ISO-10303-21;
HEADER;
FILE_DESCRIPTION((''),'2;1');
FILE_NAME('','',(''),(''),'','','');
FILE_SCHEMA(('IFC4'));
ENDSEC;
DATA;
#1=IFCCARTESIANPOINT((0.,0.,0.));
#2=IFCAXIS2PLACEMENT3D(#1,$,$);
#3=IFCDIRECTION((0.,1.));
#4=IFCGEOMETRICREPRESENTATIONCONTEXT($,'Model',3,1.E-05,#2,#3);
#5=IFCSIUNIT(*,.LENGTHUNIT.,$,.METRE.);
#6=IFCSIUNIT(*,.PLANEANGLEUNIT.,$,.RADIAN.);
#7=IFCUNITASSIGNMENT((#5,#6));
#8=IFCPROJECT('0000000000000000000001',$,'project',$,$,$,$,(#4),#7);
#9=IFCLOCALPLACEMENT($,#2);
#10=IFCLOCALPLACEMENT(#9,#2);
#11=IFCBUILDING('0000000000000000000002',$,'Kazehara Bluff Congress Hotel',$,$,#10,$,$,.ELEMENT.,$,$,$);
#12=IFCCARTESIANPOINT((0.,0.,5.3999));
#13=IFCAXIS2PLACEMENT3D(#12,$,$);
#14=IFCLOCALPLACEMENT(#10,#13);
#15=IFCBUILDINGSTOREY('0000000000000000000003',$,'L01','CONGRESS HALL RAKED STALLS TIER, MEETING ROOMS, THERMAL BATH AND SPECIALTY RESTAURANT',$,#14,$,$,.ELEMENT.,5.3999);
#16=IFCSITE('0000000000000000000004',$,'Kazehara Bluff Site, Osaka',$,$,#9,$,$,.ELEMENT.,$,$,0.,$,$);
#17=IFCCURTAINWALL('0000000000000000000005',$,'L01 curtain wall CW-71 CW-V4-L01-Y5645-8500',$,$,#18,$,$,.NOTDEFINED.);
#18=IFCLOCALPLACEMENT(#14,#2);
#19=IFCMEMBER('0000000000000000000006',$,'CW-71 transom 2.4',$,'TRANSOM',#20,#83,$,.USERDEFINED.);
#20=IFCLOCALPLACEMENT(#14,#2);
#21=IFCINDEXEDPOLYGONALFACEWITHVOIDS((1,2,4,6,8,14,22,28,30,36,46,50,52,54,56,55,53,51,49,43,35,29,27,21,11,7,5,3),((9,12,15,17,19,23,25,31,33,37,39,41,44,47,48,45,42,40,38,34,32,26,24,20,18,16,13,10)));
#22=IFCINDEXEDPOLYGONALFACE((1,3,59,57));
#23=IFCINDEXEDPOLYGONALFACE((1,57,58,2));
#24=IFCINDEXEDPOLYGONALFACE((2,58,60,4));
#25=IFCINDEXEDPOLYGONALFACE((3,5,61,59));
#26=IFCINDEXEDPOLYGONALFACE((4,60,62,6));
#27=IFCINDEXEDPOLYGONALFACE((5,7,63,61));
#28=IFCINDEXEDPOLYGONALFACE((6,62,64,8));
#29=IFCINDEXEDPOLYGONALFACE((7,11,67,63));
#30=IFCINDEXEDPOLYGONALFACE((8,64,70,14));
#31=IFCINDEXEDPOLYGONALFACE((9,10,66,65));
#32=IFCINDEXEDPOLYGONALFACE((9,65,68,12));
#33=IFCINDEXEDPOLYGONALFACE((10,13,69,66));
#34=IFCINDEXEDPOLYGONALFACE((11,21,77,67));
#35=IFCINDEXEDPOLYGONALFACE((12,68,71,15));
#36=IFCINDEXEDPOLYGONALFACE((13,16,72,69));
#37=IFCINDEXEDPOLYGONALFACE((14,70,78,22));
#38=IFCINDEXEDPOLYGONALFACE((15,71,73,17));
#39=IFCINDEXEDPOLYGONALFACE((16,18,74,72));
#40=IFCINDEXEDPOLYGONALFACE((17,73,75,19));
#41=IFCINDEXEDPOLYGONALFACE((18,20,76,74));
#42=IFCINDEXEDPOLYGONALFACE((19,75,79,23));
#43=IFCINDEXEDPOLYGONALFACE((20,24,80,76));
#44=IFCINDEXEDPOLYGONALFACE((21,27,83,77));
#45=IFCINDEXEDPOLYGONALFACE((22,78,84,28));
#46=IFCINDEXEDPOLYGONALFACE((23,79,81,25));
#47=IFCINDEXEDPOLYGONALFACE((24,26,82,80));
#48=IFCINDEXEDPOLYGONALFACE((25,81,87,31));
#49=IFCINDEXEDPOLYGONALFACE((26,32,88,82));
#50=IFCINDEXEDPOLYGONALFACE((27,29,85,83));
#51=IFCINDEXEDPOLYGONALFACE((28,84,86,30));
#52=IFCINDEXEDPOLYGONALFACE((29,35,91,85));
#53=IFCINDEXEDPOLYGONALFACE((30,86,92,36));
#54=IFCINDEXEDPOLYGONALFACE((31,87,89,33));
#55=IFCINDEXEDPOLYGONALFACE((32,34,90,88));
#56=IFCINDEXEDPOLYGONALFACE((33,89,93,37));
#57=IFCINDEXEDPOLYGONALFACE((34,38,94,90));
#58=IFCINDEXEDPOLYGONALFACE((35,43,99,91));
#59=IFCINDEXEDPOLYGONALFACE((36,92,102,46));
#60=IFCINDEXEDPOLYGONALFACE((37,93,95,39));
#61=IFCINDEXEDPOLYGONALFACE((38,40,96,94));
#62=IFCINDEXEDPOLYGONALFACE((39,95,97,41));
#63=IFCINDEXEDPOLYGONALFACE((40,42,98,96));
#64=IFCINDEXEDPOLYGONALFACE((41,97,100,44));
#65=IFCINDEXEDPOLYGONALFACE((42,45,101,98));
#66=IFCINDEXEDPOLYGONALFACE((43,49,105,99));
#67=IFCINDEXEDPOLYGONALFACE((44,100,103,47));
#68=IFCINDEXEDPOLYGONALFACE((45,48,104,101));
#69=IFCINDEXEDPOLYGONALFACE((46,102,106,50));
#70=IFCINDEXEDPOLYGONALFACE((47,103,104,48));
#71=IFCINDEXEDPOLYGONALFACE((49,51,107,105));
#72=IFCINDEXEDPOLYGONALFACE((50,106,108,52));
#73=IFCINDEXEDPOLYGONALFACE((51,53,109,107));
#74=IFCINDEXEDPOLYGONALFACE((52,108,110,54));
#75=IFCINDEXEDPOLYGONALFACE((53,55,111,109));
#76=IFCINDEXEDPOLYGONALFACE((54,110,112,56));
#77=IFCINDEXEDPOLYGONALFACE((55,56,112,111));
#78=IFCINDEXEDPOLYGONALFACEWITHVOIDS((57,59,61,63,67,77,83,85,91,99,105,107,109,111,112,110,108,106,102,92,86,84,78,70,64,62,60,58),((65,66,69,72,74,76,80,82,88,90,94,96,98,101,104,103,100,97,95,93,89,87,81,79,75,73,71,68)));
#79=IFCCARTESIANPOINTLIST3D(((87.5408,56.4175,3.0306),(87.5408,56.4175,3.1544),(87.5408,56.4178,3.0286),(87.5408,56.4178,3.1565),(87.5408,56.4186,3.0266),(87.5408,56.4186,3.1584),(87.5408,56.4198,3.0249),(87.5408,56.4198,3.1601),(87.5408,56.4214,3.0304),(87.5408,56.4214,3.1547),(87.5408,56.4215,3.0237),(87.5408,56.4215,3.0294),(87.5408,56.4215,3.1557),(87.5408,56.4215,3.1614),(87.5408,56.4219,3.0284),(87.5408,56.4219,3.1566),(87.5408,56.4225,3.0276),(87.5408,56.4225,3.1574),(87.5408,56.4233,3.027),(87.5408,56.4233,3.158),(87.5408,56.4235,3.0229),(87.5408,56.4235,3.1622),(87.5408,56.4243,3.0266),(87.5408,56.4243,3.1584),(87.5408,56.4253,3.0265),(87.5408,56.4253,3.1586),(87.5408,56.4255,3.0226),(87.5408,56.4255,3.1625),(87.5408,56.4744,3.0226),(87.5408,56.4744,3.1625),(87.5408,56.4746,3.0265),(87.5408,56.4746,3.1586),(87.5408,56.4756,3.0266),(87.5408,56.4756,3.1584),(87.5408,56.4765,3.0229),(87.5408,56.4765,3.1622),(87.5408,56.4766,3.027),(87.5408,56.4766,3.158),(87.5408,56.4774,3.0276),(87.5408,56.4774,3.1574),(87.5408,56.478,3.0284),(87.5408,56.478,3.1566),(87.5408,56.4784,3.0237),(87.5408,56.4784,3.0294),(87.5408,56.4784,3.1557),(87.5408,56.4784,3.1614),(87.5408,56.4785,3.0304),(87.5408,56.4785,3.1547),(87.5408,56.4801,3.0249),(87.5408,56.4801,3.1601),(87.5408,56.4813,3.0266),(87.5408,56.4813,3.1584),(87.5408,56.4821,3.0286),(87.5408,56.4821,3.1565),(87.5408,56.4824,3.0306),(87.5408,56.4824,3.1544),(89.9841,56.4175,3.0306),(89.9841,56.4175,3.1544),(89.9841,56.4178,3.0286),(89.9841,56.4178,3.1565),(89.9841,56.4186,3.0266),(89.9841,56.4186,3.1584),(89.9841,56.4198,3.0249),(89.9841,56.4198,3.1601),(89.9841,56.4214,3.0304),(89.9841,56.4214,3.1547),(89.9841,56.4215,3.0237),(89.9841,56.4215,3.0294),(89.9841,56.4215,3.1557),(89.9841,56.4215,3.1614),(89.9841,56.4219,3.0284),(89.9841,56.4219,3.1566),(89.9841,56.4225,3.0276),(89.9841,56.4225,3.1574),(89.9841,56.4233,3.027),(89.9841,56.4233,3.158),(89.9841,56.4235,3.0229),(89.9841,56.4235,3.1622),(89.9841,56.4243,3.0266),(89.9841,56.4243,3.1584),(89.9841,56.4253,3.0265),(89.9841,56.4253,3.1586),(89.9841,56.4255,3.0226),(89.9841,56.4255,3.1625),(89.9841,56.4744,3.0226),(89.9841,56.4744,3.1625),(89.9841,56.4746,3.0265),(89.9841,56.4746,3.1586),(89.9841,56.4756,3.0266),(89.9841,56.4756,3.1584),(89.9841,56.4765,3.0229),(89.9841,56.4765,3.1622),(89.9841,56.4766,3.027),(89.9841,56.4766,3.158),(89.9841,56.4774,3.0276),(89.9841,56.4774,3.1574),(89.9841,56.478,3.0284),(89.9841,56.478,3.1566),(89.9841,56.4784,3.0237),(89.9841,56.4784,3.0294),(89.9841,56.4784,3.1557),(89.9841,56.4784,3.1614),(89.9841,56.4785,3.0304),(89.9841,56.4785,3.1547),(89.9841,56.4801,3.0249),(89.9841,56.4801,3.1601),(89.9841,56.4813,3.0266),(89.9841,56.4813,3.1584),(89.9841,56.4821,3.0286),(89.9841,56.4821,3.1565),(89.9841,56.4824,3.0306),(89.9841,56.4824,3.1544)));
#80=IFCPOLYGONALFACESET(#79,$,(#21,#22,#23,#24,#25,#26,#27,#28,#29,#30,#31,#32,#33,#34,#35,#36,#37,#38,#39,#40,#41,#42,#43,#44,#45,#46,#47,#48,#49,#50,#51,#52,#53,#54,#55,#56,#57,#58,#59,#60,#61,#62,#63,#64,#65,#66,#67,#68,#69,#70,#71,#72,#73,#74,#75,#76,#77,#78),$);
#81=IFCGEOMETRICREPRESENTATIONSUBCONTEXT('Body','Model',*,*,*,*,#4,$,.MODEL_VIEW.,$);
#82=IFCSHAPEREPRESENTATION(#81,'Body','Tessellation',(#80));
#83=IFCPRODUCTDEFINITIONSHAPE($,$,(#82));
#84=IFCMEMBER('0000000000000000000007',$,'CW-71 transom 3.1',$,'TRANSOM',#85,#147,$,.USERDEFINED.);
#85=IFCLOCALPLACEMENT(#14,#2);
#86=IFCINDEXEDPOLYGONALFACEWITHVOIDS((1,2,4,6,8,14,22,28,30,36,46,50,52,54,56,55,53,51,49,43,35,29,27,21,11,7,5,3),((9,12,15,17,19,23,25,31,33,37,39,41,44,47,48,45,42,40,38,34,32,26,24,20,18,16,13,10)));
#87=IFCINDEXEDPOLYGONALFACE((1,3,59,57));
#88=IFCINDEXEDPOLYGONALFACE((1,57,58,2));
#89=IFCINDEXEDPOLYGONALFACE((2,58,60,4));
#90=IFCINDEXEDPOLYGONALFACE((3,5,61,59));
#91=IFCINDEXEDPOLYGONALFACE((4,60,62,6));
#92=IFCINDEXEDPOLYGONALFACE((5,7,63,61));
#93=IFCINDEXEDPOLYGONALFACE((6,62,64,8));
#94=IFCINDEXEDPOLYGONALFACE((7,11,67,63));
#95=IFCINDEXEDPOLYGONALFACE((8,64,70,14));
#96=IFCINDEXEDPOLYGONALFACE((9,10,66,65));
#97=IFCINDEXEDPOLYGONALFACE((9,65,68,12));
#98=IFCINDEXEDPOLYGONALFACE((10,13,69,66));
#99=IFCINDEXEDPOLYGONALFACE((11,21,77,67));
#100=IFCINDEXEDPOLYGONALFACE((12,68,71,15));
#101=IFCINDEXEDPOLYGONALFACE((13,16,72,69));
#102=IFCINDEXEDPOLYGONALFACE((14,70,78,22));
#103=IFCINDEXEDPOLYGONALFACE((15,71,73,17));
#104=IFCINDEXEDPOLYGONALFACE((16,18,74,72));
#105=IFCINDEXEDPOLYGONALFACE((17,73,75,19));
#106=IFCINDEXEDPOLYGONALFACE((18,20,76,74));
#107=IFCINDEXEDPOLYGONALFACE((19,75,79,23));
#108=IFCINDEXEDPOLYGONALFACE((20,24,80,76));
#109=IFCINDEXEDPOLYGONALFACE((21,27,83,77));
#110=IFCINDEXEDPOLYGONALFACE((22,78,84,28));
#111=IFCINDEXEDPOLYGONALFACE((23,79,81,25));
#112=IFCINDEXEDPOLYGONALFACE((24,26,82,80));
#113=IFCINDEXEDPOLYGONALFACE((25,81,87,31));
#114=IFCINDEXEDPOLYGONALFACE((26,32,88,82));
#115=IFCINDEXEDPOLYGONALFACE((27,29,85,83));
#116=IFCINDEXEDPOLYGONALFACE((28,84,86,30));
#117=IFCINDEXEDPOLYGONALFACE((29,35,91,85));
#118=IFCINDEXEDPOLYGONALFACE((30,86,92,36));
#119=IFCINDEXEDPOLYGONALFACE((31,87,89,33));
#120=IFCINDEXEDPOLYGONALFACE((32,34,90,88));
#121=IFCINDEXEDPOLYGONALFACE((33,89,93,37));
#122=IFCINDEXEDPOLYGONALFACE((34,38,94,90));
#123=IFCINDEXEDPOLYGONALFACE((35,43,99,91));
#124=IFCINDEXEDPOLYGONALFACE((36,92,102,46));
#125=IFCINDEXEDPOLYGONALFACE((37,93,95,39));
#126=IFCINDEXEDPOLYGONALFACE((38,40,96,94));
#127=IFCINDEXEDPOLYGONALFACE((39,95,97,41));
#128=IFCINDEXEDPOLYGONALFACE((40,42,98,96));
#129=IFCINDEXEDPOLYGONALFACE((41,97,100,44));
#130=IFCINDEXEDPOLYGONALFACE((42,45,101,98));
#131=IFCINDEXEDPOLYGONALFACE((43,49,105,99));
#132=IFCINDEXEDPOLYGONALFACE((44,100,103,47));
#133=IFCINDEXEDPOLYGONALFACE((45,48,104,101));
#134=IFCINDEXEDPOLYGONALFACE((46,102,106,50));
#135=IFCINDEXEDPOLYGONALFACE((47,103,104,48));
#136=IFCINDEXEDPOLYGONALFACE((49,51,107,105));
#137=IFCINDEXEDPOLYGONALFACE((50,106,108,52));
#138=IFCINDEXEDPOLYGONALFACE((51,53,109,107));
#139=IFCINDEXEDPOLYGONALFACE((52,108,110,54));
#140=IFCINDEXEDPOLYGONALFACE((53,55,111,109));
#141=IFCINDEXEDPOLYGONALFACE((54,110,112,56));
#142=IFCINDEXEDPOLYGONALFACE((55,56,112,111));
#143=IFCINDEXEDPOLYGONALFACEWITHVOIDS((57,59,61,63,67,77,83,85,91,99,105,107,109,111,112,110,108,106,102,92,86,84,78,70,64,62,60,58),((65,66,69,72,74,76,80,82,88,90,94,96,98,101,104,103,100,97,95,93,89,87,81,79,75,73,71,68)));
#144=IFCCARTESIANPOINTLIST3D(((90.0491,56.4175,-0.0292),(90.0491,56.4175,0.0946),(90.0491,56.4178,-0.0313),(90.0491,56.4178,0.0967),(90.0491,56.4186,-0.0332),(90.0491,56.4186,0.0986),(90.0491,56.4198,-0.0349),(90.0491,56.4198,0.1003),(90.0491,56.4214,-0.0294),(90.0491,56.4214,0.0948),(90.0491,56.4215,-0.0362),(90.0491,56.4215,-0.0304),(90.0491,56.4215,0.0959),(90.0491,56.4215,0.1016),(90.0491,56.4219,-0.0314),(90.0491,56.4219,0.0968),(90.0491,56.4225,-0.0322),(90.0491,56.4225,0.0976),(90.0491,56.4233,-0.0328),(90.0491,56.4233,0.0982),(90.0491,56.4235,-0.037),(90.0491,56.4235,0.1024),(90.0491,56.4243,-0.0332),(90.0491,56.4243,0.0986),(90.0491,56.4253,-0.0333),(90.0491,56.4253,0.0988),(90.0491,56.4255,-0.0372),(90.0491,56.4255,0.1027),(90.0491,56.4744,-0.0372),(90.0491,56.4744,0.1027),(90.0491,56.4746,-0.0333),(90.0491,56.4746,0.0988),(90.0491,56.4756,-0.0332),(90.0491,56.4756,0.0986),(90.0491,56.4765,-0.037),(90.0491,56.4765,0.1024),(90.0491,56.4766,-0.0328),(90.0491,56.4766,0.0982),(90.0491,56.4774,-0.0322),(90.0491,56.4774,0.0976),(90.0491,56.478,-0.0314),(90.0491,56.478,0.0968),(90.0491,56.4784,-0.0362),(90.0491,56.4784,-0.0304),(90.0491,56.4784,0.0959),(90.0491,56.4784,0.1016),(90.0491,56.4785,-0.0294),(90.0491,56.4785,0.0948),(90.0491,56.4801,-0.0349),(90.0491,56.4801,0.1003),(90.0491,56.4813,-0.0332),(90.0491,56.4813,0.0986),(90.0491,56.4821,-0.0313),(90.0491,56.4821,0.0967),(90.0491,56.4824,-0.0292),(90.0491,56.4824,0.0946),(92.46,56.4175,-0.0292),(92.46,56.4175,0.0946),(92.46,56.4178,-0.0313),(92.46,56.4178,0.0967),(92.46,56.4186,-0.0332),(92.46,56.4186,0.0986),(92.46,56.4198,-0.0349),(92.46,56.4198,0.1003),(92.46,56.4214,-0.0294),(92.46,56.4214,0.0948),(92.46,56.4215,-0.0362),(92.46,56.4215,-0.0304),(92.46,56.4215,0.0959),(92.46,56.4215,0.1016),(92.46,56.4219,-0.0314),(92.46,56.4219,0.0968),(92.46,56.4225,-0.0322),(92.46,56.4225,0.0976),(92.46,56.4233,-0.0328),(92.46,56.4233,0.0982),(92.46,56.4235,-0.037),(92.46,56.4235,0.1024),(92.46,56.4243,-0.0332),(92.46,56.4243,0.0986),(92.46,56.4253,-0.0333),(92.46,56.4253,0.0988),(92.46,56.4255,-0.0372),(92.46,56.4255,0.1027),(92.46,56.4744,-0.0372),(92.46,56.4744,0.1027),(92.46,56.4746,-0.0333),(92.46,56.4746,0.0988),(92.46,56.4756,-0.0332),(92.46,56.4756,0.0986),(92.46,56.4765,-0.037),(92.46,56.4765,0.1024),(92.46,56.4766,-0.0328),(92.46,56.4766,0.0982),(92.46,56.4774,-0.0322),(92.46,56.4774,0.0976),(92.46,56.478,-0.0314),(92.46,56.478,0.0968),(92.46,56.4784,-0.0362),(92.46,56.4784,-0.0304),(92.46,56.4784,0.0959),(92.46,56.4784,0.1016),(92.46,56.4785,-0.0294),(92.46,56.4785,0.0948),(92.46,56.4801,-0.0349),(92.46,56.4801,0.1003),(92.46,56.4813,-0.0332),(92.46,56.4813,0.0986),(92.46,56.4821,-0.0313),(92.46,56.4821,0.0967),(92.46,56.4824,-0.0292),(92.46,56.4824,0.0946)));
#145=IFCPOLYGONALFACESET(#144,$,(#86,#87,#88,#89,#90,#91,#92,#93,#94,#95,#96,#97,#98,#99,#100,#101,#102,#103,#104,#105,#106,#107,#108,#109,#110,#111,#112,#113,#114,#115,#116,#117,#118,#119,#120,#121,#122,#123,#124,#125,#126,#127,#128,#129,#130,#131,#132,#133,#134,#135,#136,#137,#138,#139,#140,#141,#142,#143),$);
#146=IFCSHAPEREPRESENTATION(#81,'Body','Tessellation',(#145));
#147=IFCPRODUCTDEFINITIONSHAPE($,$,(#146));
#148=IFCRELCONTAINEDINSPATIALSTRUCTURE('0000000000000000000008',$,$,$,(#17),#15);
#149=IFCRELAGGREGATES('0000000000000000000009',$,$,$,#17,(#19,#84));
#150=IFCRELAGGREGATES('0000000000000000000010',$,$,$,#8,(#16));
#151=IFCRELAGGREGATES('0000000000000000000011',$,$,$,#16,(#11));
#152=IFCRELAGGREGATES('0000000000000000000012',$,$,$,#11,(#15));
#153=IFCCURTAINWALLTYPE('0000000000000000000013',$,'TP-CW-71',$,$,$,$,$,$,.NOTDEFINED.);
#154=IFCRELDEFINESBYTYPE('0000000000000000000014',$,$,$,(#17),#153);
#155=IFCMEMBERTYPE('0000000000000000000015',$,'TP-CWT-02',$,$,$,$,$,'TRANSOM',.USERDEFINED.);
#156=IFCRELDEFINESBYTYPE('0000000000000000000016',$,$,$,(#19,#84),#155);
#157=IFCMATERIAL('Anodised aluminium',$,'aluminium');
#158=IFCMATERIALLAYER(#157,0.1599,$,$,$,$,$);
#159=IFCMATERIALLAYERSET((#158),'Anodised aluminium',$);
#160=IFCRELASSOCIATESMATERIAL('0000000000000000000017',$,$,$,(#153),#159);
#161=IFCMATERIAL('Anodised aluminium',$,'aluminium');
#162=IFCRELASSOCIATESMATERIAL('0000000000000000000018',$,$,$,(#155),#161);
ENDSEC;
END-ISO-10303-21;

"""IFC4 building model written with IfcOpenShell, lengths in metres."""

from ifc_helpers import new_model, si_unit, direction, frame, origin, origin_2d, place, context, subcontext, project, spatial, hollow_rectangle, extrude, material, layer, layer_set, material_profile, profile_set, type_object, element, aggregate, save


model = new_model("IFC4")

# Units and contexts
model_context = context("Model", 3, precision=1e-05, world=origin(), true_north=direction((0.0, 1.0)))
body_context = subcontext(model_context, "Body", "Model", "MODEL_VIEW")
ifc_project = project(units=[si_unit("LENGTHUNIT", "METRE"), si_unit("PLANEANGLEUNIT", "RADIAN")], contexts=[model_context])

# Site, building, storey
site_placement = place(None, origin())
site = spatial("IfcSite", under=ifc_project, at=site_placement, Name="Kazehara Bluff Site, Osaka", CompositionType="ELEMENT", RefElevation=0.0)
building_placement = place(site_placement, origin())
building = spatial("IfcBuilding", under=site, at=building_placement, Name="Kazehara Bluff Congress Hotel", CompositionType="ELEMENT")
storey_placement = place(building_placement, frame((0.0, 0.0, 5.3999)))
storey = spatial("IfcBuildingStorey", under=building, at=storey_placement, Name="L01", Description="CONGRESS HALL RAKED STALLS TIER, MEETING ROOMS, THERMAL BATH AND SPECIALTY RESTAURANT", CompositionType="ELEMENT", Elevation=5.3999)

# Curtain wall, members
ifc_material_1 = material(Name="Anodised aluminium", Category="aluminium")
ifc_layer_1 = layer(ifc_material_1, 0.1599)
ifc_layer_set_1 = layer_set([ifc_layer_1], Name="Anodised aluminium")
curtain_wall_type = type_object("IfcCurtainWallType", Name="TP-CW-71", PredefinedType="NOTDEFINED", material=ifc_layer_set_1)
curtain_wall_placement = place(storey_placement, origin())
curtain_wall = element("IfcCurtainWall", 1, at=curtain_wall_placement, inside=storey, type_object=curtain_wall_type, Name="L01 curtain wall CW-71 CW-V4-L01-Y5645-8500", PredefinedType="NOTDEFINED")
ifc_material_2 = material(Name="Anodised aluminium", Category="aluminium")
ifc_material_profile_1 = material_profile(ifc_material_2, hollow_rectangle(XDim=0.0649, YDim=0.1399, WallThickness=0.0039, InnerFilletRadius=0.0039, OuterFilletRadius=0.0081, at=origin_2d()))
ifc_profile_set_1 = profile_set([ifc_material_profile_1], Name="Anodised aluminium")
member_type_1 = type_object("IfcMemberType", Name="TP-CWT-02", ElementType="TRANSOM", PredefinedType="USERDEFINED", material=ifc_profile_set_1)
member_1_placement = place(storey_placement, frame((87.5408, 56.45, 3.0925), z_axis=(1.0, 0.0, 0.0), x_axis=(0.0, 1.0, 0.0)))
member_1 = element("IfcMember", 2, at=member_1_placement, type_object=member_type_1, Name="CW-71 transom 2.4", ObjectType="TRANSOM", PredefinedType="USERDEFINED", context=body_context, shape_type="SweptSolid", body=[
    extrude(hollow_rectangle(XDim=0.0649, YDim=0.1399, WallThickness=0.0039, InnerFilletRadius=0.0039, OuterFilletRadius=0.0081, at=origin_2d()), origin(), (0.0, 0.0, 1.0), 2.4434),
])
member_2_placement = place(storey_placement, frame((90.0491, 56.45, 0.0327), z_axis=(1.0, 0.0, 0.0), x_axis=(0.0, 1.0, 0.0)))
member_2 = element("IfcMember", 3, at=member_2_placement, type_object=member_type_1, Name="CW-71 transom 3.1", ObjectType="TRANSOM", PredefinedType="USERDEFINED", context=body_context, shape_type="SweptSolid", body=[
    extrude(hollow_rectangle(XDim=0.0649, YDim=0.1399, WallThickness=0.0039, InnerFilletRadius=0.0039, OuterFilletRadius=0.0081, at=origin_2d()), origin(), (0.0, 0.0, 1.0), 2.4109),
])

aggregate(curtain_wall, [member_1, member_2])

save(model, "model.ifc")
